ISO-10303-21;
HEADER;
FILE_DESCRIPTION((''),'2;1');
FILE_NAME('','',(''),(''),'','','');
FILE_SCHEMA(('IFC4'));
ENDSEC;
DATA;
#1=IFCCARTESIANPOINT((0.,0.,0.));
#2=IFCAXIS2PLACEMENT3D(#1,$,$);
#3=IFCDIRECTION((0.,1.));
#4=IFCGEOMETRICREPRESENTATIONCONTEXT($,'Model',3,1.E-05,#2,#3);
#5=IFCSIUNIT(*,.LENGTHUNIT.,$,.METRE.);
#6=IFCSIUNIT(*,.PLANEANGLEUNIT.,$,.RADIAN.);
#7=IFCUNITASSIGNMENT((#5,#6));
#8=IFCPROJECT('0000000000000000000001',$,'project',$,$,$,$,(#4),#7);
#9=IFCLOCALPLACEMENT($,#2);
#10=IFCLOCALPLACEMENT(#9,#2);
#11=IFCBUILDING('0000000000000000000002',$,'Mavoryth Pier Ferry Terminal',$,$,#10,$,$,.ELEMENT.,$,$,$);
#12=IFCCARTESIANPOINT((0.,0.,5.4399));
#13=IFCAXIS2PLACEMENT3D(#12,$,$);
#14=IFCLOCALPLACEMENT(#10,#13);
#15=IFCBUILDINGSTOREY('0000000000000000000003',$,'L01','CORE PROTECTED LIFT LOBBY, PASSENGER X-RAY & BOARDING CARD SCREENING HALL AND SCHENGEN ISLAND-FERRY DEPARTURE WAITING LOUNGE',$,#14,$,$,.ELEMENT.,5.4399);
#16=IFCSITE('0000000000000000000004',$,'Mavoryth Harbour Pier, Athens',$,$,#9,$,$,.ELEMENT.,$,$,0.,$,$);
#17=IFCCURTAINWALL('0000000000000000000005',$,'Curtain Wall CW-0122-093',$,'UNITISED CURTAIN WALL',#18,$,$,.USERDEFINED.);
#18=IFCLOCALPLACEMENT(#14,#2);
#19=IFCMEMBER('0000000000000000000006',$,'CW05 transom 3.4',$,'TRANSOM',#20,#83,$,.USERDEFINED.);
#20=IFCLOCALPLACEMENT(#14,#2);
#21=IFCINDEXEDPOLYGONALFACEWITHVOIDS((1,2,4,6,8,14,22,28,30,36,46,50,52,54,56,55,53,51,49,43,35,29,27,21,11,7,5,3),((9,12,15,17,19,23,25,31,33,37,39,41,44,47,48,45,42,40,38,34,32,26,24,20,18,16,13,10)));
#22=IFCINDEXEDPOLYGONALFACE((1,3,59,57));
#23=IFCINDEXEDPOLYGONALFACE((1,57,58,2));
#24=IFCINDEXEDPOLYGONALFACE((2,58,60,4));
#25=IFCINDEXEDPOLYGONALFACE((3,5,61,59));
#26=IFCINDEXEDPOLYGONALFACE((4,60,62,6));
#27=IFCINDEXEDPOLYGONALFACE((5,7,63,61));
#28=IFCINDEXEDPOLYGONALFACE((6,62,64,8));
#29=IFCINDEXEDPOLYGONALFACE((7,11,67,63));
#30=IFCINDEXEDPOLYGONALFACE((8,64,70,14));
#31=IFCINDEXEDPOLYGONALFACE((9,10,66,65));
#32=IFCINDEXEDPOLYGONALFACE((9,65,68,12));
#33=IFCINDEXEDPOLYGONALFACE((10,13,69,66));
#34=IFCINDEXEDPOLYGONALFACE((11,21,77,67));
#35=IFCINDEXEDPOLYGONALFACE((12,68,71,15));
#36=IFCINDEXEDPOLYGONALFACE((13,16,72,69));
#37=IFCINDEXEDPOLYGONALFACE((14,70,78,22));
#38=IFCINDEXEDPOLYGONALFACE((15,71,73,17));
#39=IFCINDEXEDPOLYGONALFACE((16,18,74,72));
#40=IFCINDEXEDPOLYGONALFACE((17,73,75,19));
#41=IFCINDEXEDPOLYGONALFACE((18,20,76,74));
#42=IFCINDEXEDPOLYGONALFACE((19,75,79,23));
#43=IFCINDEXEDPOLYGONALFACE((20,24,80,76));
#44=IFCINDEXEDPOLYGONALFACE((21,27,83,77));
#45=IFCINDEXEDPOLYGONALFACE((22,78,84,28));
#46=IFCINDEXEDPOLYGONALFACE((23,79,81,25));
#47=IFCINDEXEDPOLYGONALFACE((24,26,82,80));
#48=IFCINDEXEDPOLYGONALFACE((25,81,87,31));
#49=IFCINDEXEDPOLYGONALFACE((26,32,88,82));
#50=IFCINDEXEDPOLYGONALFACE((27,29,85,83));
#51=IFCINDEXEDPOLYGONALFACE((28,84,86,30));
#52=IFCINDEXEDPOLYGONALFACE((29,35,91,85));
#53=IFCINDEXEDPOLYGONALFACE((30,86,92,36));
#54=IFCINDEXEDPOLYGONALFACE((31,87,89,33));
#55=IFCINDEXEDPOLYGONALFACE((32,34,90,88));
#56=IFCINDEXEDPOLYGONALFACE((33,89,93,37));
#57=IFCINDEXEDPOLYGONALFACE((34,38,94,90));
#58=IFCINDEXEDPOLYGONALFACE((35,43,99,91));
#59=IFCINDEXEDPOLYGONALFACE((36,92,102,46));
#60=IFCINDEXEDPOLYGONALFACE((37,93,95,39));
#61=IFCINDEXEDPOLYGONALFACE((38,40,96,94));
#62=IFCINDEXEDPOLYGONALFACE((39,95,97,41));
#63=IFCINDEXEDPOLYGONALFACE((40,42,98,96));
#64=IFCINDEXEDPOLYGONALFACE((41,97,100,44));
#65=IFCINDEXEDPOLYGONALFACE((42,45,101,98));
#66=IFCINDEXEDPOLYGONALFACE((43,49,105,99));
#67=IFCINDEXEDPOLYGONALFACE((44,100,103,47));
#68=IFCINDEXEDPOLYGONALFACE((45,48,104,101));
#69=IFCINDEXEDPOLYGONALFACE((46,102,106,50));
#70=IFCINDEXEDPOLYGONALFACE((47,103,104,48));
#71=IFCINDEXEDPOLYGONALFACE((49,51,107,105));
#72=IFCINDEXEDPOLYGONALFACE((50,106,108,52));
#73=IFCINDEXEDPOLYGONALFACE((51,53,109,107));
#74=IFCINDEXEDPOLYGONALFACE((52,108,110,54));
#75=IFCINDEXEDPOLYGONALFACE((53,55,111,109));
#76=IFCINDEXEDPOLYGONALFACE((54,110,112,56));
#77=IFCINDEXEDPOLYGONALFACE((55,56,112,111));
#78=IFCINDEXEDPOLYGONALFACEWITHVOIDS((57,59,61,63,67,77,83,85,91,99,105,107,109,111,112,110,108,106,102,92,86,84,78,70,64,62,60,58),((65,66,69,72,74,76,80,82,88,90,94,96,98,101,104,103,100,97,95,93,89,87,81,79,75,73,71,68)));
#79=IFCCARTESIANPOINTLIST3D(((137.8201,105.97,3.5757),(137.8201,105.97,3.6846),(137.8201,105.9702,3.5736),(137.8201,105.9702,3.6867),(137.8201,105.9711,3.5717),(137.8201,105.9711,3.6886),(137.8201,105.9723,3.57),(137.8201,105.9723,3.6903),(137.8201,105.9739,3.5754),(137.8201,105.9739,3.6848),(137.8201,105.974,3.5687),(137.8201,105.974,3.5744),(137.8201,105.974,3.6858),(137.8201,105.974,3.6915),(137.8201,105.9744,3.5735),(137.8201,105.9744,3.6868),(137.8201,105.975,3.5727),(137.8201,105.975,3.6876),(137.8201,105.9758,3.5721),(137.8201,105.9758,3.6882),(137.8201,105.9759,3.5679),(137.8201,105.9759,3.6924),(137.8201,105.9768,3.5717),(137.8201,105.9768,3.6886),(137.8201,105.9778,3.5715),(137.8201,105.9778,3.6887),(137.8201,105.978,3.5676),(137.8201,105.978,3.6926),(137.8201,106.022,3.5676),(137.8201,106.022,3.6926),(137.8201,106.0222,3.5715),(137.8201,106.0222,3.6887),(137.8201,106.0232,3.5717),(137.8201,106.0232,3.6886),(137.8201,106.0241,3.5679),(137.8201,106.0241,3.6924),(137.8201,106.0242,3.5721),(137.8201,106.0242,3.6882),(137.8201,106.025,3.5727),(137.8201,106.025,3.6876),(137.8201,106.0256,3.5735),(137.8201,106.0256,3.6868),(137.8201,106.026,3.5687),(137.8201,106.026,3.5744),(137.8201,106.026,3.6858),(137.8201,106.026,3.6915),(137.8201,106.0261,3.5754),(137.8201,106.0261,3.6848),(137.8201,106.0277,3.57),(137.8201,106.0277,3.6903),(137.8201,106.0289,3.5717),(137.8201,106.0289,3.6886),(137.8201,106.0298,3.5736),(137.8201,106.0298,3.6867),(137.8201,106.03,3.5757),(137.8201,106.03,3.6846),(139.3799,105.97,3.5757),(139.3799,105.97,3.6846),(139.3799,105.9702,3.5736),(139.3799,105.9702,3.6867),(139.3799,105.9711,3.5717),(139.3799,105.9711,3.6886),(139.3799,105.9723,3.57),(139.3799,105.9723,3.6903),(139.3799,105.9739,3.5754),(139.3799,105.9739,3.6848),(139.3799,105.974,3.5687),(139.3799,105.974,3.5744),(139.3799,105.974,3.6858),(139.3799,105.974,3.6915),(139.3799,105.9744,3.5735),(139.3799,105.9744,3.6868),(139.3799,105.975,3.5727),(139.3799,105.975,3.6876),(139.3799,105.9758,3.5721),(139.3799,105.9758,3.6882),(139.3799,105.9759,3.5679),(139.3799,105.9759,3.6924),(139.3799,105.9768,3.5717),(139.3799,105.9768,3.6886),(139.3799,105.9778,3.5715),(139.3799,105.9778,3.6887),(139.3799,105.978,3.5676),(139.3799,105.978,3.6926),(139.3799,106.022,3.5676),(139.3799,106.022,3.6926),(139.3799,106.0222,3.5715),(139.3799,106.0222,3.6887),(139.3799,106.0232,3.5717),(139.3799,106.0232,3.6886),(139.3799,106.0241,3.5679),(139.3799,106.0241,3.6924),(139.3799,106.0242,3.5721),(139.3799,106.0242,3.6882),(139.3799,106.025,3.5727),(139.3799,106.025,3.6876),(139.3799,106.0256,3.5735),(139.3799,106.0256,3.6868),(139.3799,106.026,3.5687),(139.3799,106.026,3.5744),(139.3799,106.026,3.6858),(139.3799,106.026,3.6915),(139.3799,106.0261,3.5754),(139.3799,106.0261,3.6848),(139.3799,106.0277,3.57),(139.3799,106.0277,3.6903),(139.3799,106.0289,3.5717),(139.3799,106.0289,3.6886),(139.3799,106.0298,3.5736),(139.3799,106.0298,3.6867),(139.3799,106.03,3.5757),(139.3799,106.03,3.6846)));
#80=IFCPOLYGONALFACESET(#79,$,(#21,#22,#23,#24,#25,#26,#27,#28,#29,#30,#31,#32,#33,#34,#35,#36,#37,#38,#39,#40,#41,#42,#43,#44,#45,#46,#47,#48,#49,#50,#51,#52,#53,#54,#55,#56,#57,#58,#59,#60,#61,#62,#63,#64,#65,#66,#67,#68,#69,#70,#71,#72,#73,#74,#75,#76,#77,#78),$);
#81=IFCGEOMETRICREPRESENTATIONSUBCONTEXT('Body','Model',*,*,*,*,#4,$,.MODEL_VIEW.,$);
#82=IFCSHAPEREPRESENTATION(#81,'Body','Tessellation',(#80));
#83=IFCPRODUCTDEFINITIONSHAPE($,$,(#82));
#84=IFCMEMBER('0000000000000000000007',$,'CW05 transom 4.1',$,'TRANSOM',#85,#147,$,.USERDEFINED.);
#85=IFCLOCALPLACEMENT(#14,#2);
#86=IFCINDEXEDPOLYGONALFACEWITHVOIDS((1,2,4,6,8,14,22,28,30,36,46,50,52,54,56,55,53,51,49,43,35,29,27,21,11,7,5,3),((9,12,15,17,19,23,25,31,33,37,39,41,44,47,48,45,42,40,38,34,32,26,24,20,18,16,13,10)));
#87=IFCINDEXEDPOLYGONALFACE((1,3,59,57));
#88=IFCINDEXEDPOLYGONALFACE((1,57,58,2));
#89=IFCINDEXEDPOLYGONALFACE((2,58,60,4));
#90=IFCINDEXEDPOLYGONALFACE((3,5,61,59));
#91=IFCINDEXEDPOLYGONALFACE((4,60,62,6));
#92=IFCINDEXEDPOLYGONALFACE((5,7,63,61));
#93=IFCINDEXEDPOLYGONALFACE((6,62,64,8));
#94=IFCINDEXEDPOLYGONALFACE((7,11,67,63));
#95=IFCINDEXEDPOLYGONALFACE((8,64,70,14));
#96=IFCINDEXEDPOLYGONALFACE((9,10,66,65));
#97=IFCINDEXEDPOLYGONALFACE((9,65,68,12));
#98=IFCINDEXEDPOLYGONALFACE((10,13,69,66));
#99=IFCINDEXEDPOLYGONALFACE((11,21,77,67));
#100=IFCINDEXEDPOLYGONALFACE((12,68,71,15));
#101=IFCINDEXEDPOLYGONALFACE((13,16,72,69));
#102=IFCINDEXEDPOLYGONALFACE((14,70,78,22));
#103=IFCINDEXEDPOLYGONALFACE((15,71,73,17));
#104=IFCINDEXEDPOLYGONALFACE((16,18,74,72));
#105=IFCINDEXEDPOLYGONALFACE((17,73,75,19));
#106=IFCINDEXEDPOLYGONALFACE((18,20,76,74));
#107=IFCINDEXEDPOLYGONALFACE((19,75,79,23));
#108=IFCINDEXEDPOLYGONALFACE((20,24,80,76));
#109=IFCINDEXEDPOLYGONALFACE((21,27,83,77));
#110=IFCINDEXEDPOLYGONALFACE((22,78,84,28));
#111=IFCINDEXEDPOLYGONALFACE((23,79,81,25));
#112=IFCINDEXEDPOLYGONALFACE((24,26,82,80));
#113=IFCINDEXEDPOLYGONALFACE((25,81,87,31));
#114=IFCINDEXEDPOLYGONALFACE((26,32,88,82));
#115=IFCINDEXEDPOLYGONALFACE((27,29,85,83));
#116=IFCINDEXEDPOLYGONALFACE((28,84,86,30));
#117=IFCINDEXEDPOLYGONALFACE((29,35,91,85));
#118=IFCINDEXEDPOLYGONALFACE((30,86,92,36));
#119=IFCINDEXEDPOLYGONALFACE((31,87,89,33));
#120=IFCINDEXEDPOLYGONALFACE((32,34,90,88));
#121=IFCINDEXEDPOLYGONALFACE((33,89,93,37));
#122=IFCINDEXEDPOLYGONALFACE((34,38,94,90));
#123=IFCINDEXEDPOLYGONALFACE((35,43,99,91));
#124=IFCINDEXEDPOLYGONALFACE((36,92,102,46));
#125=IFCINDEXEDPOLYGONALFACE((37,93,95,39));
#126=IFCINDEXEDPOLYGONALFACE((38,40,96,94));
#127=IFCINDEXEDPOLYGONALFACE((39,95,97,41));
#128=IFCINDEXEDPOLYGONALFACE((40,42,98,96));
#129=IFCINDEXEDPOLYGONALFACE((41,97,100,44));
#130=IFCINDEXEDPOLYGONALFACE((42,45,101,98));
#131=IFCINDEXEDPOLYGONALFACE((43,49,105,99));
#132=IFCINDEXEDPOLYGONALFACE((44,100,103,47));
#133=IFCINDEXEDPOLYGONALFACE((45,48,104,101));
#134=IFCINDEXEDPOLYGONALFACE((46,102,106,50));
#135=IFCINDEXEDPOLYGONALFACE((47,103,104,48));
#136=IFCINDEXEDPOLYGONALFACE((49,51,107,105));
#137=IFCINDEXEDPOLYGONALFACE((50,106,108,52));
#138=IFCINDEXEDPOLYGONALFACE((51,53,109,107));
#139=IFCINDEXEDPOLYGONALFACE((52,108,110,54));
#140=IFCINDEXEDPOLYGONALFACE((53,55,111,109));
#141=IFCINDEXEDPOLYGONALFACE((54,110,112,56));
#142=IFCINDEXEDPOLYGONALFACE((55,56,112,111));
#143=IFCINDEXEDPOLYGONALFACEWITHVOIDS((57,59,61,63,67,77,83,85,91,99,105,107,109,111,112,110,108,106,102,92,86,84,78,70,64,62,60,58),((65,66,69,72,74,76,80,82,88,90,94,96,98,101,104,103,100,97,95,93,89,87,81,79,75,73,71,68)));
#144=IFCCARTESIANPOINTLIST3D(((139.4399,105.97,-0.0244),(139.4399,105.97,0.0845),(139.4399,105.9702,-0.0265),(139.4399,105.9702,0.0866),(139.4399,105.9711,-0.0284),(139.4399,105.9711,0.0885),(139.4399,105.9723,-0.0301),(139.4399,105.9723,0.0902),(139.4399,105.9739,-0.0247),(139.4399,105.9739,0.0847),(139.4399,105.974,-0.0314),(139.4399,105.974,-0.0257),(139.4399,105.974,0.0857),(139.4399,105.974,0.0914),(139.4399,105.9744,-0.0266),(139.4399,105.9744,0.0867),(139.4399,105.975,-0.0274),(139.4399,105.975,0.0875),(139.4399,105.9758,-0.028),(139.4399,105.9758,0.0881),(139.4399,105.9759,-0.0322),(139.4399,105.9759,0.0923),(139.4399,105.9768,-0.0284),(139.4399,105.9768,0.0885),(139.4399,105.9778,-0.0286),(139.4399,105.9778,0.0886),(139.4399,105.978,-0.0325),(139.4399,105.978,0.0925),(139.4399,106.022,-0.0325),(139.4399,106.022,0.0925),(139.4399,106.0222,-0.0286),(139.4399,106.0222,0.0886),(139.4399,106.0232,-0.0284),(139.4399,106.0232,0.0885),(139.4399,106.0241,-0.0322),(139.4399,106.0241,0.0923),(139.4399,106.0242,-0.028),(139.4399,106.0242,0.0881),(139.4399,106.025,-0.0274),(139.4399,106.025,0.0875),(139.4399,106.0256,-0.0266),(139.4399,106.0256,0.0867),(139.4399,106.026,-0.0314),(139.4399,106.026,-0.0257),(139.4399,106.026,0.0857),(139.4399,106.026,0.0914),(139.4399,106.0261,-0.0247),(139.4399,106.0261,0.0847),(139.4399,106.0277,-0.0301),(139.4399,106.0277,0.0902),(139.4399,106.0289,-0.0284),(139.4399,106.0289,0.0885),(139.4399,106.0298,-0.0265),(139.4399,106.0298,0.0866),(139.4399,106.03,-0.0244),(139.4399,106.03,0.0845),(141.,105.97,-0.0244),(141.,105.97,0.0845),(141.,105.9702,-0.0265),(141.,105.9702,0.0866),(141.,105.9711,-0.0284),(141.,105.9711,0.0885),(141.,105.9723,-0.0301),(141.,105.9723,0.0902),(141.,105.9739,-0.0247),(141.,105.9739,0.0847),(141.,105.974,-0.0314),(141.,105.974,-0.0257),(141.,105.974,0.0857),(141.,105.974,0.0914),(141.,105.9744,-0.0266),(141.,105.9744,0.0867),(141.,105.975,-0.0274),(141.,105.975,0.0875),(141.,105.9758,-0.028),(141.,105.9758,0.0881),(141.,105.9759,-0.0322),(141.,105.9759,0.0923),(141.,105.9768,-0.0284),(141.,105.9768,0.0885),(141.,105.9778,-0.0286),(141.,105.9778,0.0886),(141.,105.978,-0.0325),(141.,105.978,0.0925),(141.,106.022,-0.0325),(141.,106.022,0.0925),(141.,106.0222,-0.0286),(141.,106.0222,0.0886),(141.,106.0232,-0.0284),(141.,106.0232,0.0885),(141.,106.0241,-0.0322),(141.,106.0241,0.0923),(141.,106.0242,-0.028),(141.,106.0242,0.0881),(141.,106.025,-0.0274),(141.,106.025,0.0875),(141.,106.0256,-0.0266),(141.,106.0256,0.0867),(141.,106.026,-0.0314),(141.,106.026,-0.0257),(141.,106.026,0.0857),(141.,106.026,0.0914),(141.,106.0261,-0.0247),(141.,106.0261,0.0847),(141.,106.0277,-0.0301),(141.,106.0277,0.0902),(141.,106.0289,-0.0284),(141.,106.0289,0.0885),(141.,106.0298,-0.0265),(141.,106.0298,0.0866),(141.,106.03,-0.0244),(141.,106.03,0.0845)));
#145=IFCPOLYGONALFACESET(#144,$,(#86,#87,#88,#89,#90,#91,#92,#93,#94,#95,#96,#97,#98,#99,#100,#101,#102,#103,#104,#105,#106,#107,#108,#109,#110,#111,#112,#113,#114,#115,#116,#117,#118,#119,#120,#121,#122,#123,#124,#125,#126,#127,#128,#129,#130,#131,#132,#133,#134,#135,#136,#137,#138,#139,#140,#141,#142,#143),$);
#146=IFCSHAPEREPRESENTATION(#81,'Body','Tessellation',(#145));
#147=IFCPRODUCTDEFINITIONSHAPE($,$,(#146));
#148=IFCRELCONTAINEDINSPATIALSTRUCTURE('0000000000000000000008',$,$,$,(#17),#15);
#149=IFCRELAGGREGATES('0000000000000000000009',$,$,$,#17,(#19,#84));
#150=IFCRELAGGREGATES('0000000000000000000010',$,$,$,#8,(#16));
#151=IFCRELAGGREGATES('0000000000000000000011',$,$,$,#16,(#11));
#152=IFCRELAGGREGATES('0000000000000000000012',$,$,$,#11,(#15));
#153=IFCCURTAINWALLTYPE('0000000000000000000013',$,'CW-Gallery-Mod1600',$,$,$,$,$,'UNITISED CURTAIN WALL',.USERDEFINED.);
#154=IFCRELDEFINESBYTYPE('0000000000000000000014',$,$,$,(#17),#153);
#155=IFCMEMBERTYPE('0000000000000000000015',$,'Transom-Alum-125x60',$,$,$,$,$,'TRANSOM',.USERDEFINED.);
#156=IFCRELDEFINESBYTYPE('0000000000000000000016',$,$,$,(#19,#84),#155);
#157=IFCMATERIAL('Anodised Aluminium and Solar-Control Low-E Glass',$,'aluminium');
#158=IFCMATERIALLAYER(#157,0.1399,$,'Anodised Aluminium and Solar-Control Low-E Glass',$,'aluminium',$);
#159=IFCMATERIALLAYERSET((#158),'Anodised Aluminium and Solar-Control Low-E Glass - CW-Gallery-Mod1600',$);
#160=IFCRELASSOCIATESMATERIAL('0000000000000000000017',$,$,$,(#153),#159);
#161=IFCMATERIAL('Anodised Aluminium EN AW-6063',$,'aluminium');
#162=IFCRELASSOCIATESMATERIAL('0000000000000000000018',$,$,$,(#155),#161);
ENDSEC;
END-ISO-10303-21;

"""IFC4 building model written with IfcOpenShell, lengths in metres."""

from ifc_helpers import new_model, si_unit, direction, frame, origin, origin_2d, place, context, subcontext, project, spatial, hollow_rectangle, extrude, material, layer, layer_set, material_profile, profile_set, type_object, element, aggregate, save


model = new_model("IFC4")

# Units and contexts
model_context = context("Model", 3, precision=1e-05, world=origin(), true_north=direction((0.0, 1.0)))
body_context = subcontext(model_context, "Body", "Model", "MODEL_VIEW")
ifc_project = project(units=[si_unit("LENGTHUNIT", "METRE"), si_unit("PLANEANGLEUNIT", "RADIAN")], contexts=[model_context])

# Site, building, storey
site_placement = place(None, origin())
site = spatial("IfcSite", under=ifc_project, at=site_placement, Name="Mavoryth Harbour Pier, Athens", CompositionType="ELEMENT", RefElevation=0.0)
building_placement = place(site_placement, origin())
building = spatial("IfcBuilding", under=site, at=building_placement, Name="Mavoryth Pier Ferry Terminal", CompositionType="ELEMENT")
storey_placement = place(building_placement, frame((0.0, 0.0, 5.4399)))
storey = spatial("IfcBuildingStorey", under=building, at=storey_placement, Name="L01", Description="CORE PROTECTED LIFT LOBBY, PASSENGER X-RAY & BOARDING CARD SCREENING HALL AND SCHENGEN ISLAND-FERRY DEPARTURE WAITING LOUNGE", CompositionType="ELEMENT", Elevation=5.4399)

# Curtain wall, members
ifc_material_1 = material(Name="Anodised Aluminium and Solar-Control Low-E Glass", Category="aluminium")
ifc_layer_1 = layer(ifc_material_1, 0.1399, Name="Anodised Aluminium and Solar-Control Low-E Glass", Category="aluminium")
ifc_layer_set_1 = layer_set([ifc_layer_1], Name="Anodised Aluminium and Solar-Control Low-E Glass - CW-Gallery-Mod1600")
curtain_wall_type = type_object("IfcCurtainWallType", Name="CW-Gallery-Mod1600", ElementType="UNITISED CURTAIN WALL", PredefinedType="USERDEFINED", material=ifc_layer_set_1)
curtain_wall_1_placement = place(storey_placement, origin())
curtain_wall_1 = element("IfcCurtainWall", 1, at=curtain_wall_1_placement, inside=storey, type_object=curtain_wall_type, Name="Curtain Wall CW-0122-093", ObjectType="UNITISED CURTAIN WALL", PredefinedType="USERDEFINED")
ifc_material_2 = material(Name="Anodised Aluminium EN AW-6063", Category="aluminium")
ifc_material_profile_1 = material_profile(ifc_material_2, hollow_rectangle(XDim=0.0601, YDim=0.125, WallThickness=0.0039, InnerFilletRadius=0.0039, OuterFilletRadius=0.0081, at=origin_2d()), Name="AL-TRAN 125x60x4", Category="aluminium")
ifc_profile_set_1 = profile_set([ifc_material_profile_1], Name="Anodised Aluminium EN AW-6063 - AL-TRAN 125x60x4")
member_type_1 = type_object("IfcMemberType", Name="Transom-Alum-125x60", ElementType="TRANSOM", PredefinedType="USERDEFINED", material=ifc_profile_set_1)
member_1_placement = place(storey_placement, frame((137.8201, 106.0, 3.6301), z_axis=(1.0, 0.0, 0.0), x_axis=(0.0, 1.0, 0.0)))
member_1 = element("IfcMember", 2, at=member_1_placement, type_object=member_type_1, Name="CW05 transom 3.4", ObjectType="TRANSOM", PredefinedType="USERDEFINED", context=body_context, shape_type="SweptSolid", body=[
    extrude(hollow_rectangle(XDim=0.0601, YDim=0.125, WallThickness=0.0039, InnerFilletRadius=0.0039, OuterFilletRadius=0.0081, at=origin_2d()), origin(), (0.0, 0.0, 1.0), 1.5598),
])
member_2_placement = place(storey_placement, frame((139.4399, 106.0, 0.03), z_axis=(1.0, 0.0, 0.0), x_axis=(0.0, 1.0, 0.0)))
member_2 = element("IfcMember", 3, at=member_2_placement, type_object=member_type_1, Name="CW05 transom 4.1", ObjectType="TRANSOM", PredefinedType="USERDEFINED", context=body_context, shape_type="SweptSolid", body=[
    extrude(hollow_rectangle(XDim=0.0601, YDim=0.125, WallThickness=0.0039, InnerFilletRadius=0.0039, OuterFilletRadius=0.0081, at=origin_2d()), origin(), (0.0, 0.0, 1.0), 1.5601),
])

aggregate(curtain_wall_1, [member_1, member_2])

save(model, "model.ifc")
